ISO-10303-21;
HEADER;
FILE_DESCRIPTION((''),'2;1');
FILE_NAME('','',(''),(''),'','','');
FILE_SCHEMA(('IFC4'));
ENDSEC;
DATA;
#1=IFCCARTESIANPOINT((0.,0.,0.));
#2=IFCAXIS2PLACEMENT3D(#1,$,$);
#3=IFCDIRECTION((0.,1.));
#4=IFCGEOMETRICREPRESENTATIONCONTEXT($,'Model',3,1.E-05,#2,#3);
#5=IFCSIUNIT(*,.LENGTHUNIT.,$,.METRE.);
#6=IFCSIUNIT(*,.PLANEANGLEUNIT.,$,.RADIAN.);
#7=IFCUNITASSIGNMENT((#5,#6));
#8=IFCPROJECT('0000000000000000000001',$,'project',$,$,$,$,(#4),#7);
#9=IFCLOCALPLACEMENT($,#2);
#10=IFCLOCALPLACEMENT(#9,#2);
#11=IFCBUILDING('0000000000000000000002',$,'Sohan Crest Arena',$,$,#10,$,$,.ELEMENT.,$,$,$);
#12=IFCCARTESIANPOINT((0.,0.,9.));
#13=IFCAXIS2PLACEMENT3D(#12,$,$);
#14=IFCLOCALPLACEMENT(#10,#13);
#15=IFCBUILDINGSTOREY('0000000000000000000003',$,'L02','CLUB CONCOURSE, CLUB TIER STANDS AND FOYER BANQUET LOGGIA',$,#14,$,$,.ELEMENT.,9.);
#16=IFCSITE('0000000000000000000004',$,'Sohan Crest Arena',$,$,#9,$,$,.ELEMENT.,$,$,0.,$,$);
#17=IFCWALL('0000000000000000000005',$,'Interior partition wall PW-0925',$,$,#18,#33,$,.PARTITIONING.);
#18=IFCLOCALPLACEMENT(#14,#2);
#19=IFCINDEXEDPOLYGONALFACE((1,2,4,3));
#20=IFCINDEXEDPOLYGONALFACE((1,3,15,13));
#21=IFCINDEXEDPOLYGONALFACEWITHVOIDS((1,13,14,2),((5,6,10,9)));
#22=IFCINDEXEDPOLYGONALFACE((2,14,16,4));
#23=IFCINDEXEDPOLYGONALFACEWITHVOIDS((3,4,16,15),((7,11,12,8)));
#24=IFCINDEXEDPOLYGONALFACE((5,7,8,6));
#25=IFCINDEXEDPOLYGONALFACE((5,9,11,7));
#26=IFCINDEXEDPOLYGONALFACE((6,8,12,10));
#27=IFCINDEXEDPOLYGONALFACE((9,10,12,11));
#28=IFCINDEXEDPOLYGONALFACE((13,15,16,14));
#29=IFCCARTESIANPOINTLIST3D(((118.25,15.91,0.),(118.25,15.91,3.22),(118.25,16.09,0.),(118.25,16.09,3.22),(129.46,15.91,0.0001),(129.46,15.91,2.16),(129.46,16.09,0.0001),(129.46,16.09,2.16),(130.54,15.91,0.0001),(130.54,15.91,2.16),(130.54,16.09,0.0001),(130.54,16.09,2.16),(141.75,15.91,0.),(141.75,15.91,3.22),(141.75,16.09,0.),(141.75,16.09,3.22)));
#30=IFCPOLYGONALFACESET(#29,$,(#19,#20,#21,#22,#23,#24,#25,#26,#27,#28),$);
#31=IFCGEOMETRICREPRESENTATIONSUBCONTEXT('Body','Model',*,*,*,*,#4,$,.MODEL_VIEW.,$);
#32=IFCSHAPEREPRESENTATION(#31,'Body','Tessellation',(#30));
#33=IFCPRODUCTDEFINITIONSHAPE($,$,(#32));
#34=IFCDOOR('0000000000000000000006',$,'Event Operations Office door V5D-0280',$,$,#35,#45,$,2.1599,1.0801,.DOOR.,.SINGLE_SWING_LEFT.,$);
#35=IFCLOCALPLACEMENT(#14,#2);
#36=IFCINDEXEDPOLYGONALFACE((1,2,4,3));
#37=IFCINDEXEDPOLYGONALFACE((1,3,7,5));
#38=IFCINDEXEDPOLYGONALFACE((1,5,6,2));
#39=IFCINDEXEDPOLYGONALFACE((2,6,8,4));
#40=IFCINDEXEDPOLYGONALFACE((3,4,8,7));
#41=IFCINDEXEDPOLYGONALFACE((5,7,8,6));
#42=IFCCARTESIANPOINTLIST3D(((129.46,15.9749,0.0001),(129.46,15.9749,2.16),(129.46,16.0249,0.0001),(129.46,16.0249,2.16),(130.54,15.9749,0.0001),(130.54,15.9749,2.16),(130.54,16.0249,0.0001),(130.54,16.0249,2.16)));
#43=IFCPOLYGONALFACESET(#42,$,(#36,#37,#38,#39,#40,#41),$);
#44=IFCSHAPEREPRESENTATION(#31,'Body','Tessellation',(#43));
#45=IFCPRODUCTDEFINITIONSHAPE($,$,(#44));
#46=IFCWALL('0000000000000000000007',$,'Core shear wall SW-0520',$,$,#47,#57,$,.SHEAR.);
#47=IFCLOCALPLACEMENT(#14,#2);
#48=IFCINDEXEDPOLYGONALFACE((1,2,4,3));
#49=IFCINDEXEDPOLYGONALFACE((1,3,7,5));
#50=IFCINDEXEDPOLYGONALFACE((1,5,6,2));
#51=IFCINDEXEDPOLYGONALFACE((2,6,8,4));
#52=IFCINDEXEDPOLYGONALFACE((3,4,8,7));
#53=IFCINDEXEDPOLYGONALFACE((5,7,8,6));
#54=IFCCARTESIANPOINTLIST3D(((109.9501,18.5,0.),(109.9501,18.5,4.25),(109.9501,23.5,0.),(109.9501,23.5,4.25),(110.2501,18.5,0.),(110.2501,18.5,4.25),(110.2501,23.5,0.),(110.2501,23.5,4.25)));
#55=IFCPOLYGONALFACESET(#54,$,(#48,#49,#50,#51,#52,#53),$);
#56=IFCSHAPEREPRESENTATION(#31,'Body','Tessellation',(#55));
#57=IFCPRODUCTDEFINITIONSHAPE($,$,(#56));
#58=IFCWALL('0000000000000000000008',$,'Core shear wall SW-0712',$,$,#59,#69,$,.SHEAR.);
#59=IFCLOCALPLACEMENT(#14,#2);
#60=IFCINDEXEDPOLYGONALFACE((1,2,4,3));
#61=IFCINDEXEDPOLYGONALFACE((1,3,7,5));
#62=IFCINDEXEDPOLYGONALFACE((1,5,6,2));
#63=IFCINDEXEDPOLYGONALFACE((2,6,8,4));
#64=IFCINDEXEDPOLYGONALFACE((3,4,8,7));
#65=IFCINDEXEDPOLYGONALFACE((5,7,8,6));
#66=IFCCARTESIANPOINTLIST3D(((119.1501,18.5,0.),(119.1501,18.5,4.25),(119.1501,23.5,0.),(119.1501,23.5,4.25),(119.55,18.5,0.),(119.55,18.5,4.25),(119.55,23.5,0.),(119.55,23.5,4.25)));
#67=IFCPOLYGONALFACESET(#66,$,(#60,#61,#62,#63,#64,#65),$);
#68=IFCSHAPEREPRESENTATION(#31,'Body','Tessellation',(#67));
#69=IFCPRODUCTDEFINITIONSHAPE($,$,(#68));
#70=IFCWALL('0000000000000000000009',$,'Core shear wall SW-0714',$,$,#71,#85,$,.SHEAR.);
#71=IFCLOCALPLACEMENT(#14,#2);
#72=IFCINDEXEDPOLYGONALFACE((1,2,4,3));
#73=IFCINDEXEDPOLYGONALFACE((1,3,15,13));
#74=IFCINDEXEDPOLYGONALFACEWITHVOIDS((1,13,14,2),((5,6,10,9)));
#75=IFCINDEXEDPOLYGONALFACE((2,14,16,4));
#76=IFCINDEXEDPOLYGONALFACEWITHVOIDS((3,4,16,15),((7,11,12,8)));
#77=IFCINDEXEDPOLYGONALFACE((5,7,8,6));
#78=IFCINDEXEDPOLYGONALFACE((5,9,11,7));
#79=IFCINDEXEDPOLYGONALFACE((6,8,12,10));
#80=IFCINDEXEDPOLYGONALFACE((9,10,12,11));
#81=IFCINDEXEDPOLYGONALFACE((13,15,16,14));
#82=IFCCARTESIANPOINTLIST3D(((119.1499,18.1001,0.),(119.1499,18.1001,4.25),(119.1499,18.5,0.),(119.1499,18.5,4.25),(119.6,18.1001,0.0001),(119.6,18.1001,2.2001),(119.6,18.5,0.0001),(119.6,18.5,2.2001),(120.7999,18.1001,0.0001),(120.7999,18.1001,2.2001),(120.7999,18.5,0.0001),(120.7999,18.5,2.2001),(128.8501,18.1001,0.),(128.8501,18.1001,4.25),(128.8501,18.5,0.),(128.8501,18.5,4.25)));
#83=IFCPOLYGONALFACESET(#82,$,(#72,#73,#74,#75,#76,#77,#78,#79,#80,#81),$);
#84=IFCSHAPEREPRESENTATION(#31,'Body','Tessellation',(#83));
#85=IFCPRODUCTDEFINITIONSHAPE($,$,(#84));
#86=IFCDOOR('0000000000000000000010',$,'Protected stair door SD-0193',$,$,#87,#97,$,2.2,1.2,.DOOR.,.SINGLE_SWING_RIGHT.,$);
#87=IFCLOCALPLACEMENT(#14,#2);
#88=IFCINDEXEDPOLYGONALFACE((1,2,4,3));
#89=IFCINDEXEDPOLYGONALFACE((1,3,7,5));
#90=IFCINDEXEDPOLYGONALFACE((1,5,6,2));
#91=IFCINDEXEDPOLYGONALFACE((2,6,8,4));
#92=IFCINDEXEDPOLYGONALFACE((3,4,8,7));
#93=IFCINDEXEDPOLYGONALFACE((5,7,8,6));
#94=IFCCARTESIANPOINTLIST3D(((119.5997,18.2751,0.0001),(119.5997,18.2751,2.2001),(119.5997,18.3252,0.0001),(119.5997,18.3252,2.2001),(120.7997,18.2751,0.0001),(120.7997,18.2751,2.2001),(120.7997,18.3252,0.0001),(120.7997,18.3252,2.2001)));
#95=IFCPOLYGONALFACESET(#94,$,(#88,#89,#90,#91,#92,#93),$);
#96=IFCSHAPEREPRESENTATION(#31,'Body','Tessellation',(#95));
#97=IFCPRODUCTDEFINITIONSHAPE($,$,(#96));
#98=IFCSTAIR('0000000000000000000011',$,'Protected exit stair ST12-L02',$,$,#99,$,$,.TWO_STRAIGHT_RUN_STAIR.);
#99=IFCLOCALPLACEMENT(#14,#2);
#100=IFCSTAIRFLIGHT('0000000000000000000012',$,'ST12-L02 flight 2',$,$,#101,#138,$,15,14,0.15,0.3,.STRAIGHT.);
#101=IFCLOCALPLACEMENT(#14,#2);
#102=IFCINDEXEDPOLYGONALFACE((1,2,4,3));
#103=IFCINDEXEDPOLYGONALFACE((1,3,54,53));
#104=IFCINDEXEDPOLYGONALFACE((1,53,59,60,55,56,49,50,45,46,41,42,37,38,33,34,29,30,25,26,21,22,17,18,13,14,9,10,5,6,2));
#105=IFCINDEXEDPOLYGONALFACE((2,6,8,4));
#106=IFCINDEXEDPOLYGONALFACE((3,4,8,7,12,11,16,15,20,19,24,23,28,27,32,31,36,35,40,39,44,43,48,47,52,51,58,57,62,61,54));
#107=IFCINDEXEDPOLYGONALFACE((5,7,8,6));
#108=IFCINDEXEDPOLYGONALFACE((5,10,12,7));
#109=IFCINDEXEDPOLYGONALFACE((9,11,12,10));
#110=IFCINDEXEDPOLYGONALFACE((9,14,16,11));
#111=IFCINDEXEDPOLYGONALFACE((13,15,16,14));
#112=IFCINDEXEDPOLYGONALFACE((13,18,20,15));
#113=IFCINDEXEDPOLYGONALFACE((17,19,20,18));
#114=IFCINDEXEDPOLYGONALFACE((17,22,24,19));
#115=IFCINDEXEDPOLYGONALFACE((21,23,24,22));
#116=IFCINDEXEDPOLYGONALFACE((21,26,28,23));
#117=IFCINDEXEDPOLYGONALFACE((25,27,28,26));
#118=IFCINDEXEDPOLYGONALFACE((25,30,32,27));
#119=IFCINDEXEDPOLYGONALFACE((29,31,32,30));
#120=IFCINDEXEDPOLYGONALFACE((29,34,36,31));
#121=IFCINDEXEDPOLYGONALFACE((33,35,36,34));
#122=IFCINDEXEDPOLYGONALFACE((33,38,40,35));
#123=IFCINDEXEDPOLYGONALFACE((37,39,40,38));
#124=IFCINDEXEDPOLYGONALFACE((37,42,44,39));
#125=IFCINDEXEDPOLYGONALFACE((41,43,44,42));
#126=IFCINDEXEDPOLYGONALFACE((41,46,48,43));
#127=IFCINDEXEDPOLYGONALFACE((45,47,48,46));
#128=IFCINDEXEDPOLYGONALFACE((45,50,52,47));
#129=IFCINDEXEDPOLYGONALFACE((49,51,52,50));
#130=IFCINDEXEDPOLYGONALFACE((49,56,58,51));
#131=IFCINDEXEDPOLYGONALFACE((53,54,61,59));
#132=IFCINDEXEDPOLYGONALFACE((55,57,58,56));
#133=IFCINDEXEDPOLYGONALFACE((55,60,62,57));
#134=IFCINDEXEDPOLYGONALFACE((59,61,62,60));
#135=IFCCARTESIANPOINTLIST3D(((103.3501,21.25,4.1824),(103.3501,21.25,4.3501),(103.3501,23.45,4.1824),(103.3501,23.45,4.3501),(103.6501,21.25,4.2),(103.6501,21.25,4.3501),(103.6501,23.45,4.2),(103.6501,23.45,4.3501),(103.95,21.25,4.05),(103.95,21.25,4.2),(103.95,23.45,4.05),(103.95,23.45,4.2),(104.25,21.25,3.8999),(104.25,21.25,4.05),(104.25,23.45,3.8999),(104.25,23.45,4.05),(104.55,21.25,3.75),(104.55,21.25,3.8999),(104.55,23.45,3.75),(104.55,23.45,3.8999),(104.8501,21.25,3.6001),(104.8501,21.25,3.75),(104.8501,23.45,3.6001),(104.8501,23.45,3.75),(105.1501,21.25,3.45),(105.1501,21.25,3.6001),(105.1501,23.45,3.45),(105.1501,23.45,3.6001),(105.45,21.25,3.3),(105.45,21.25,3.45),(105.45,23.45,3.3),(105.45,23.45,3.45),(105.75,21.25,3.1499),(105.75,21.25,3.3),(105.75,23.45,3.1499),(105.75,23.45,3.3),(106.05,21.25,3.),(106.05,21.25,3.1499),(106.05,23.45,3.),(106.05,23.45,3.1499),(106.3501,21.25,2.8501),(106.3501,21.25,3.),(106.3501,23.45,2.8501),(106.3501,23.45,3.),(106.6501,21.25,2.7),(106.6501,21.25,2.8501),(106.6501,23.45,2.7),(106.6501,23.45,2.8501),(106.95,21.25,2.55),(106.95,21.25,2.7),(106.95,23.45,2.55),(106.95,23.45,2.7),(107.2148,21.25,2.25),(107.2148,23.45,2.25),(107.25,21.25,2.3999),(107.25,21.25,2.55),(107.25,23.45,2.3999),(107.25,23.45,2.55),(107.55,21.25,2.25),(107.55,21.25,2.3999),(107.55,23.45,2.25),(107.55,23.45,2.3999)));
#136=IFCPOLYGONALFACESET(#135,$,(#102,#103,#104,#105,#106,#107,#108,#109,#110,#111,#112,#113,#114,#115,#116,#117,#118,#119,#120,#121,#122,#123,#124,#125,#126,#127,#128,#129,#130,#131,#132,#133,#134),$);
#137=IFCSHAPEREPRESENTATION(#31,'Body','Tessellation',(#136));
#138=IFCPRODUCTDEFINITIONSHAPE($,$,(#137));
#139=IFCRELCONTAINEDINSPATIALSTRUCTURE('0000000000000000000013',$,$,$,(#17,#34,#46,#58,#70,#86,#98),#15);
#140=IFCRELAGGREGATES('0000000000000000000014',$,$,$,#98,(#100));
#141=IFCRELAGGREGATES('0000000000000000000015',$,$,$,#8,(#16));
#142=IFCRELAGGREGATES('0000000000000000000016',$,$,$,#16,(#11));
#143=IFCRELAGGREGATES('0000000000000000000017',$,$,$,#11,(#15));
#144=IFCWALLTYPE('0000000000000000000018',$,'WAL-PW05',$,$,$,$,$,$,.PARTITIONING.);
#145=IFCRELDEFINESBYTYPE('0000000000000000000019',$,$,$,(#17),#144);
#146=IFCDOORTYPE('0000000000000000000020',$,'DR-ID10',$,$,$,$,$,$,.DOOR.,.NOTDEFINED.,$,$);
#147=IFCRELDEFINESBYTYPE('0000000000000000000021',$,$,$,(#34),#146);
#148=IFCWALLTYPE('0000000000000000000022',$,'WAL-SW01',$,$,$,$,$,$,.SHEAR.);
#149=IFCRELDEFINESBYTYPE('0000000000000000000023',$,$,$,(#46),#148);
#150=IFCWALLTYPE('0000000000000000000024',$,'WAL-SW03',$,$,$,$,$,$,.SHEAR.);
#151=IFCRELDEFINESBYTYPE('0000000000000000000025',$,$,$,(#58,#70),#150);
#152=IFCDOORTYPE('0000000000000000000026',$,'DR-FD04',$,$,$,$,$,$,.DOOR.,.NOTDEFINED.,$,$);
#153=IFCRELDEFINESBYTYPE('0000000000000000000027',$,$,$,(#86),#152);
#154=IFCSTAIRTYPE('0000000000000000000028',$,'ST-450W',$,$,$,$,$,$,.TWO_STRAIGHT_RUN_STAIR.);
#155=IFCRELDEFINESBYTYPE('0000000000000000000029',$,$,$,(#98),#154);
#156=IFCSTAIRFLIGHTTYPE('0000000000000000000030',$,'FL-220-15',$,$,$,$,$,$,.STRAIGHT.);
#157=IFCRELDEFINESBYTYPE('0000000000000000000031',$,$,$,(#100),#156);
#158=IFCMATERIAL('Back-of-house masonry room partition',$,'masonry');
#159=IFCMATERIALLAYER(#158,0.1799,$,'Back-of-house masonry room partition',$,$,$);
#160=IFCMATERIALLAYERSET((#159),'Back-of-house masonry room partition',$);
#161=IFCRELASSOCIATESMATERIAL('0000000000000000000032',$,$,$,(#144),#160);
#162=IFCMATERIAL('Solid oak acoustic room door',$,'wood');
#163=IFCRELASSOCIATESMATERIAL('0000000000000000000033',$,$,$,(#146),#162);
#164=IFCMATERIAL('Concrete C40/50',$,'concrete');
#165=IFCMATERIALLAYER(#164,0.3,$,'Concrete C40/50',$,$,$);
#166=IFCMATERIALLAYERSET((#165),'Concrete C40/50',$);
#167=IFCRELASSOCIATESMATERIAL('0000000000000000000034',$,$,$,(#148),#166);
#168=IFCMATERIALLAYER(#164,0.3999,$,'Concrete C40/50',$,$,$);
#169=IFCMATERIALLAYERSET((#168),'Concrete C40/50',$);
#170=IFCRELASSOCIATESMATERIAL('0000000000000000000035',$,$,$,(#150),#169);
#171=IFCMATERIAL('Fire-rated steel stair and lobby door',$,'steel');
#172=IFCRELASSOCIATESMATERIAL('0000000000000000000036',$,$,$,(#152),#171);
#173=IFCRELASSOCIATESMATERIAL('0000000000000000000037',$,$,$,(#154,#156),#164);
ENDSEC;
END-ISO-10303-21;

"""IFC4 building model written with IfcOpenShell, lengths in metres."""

from ifc_helpers import new_model, si_unit, direction, frame, frame_2d, origin, place, context, subcontext, project, spatial, polyline, rectangle, outline, extrude, material, layer, layer_set, type_object, element, fill, aggregate, save


model = new_model("IFC4")

# Units and contexts
model_context = context("Model", 3, precision=1e-05, world=origin(), true_north=direction((0.0, 1.0)))
body_context = subcontext(model_context, "Body", "Model", "MODEL_VIEW")
ifc_project = project(units=[si_unit("LENGTHUNIT", "METRE"), si_unit("PLANEANGLEUNIT", "RADIAN")], contexts=[model_context])

# Site, building, storey
site_placement = place(None, origin())
site = spatial("IfcSite", under=ifc_project, at=site_placement, Name="Sohan Crest Arena", CompositionType="ELEMENT", RefElevation=0.0)
building_placement = place(site_placement, origin())
building = spatial("IfcBuilding", under=site, at=building_placement, Name="Sohan Crest Arena", CompositionType="ELEMENT")
storey_placement = place(building_placement, frame((0.0, 0.0, 9.0)))
storey = spatial("IfcBuildingStorey", under=building, at=storey_placement, Name="L02", Description="CLUB CONCOURSE, CLUB TIER STANDS AND FOYER BANQUET LOGGIA", CompositionType="ELEMENT", Elevation=9.0)

# Shared definitions
ifc_material_1 = material(Name="Back-of-house masonry room partition", Category="masonry")
ifc_layer_1 = layer(ifc_material_1, 0.1799, Name="Back-of-house masonry room partition")
ifc_layer_set_1 = layer_set([ifc_layer_1], Name="Back-of-house masonry room partition")
wall_type_1 = type_object("IfcWallType", Name="WAL-PW05", PredefinedType="PARTITIONING", material=ifc_layer_set_1)

# Wall, opening, door
wall_1_placement = place(storey_placement, frame((118.25, 16.0, 0.0), z_axis=(0.0, 0.0, 1.0), x_axis=(1.0, 0.0, 0.0)))
wall_1 = element("IfcWall", 1, at=wall_1_placement, inside=storey, type_object=wall_type_1, Name="Interior partition wall PW-0925", PredefinedType="PARTITIONING", context=body_context, shape_type="SweptSolid", body=[
    extrude(rectangle(XDim=23.5, YDim=0.1799, at=frame_2d((11.75, 0.0))), origin(), (0.0, 0.0, 1.0), 3.22),
])
opening_1_placement = place(wall_1_placement, frame((11.21, 0.0, 0.0)))
opening_1 = element("IfcOpeningElement", 2, at=opening_1_placement, cuts=wall_1, PredefinedType="OPENING", context=body_context, shape_type="SweptSolid", body=[
    extrude(rectangle(XDim=1.0801, YDim=2.1599, at=frame_2d((0.54, 1.0801))), frame((0.0, 0.0999, 0.0), z_axis=(0.0, -1.0, 0.0), x_axis=(1.0, 0.0, 0.0)), (0.0, 0.0, 1.0), 0.2),
])
ifc_material_2 = material(Name="Solid oak acoustic room door", Category="wood")
door_type_1 = type_object("IfcDoorType", Name="DR-ID10", OperationType="NOTDEFINED", PredefinedType="DOOR", material=ifc_material_2)
door_1_placement = place(opening_1_placement, origin())
door_1 = element("IfcDoor", 3, at=door_1_placement, inside=storey, type_object=door_type_1, Name="Event Operations Office door V5D-0280", OperationType="SINGLE_SWING_LEFT", OverallHeight=2.1599, OverallWidth=1.0801, PredefinedType="DOOR", context=body_context, shape_type="SweptSolid", body=[
    extrude(rectangle(XDim=1.0801, YDim=2.1599, at=frame_2d((0.54, 1.0801))), frame((0.0, 0.0249, 0.0), z_axis=(0.0, -1.0, 0.0), x_axis=(1.0, 0.0, 0.0)), (0.0, 0.0, 1.0), 0.05),
])
fill(opening_1, door_1)

# Walls
ifc_material_3 = material(Name="Concrete C40/50", Category="concrete")
ifc_layer_2 = layer(ifc_material_3, 0.3, Name="Concrete C40/50")
ifc_layer_set_2 = layer_set([ifc_layer_2], Name="Concrete C40/50")
wall_type_2 = type_object("IfcWallType", Name="WAL-SW01", PredefinedType="SHEAR", material=ifc_layer_set_2)
wall_2_placement = place(storey_placement, frame((110.1001, 18.5, 0.0), z_axis=(0.0, 0.0, 1.0), x_axis=(0.0, 1.0, 0.0)))
element("IfcWall", 4, at=wall_2_placement, inside=storey, type_object=wall_type_2, Name="Core shear wall SW-0520", PredefinedType="SHEAR", context=body_context, shape_type="SweptSolid", body=[
    extrude(rectangle(XDim=5.0, YDim=0.3, at=frame_2d((2.5, 0.0))), origin(), (0.0, 0.0, 1.0), 4.25),
])
ifc_layer_3 = layer(ifc_material_3, 0.3999, Name="Concrete C40/50")
ifc_layer_set_3 = layer_set([ifc_layer_3], Name="Concrete C40/50")
wall_type_3 = type_object("IfcWallType", Name="WAL-SW03", PredefinedType="SHEAR", material=ifc_layer_set_3)
wall_3_placement = place(storey_placement, frame((119.3501, 18.5, 0.0), z_axis=(0.0, 0.0, 1.0), x_axis=(0.0, 1.0, 0.0)))
element("IfcWall", 5, at=wall_3_placement, inside=storey, type_object=wall_type_3, Name="Core shear wall SW-0712", PredefinedType="SHEAR", context=body_context, shape_type="SweptSolid", body=[
    extrude(rectangle(XDim=5.0, YDim=0.3999, at=frame_2d((2.5, 0.0))), origin(), (0.0, 0.0, 1.0), 4.25),
])

# Wall, opening, door
wall_4_placement = place(storey_placement, frame((119.1499, 18.3, 0.0), z_axis=(0.0, 0.0, 1.0), x_axis=(1.0, 0.0, 0.0)))
wall_4 = element("IfcWall", 6, at=wall_4_placement, inside=storey, type_object=wall_type_3, Name="Core shear wall SW-0714", PredefinedType="SHEAR", context=body_context, shape_type="SweptSolid", body=[
    extrude(rectangle(XDim=9.7002, YDim=0.3999, at=frame_2d((4.8501, 0.0))), origin(), (0.0, 0.0, 1.0), 4.25),
])
opening_2_placement = place(wall_4_placement, frame((0.45, 0.0, 0.0)))
opening_2 = element("IfcOpeningElement", 7, at=opening_2_placement, cuts=wall_4, PredefinedType="OPENING", context=body_context, shape_type="SweptSolid", body=[
    extrude(rectangle(XDim=1.2, YDim=2.2, at=frame_2d((0.6001, 1.1001))), frame((0.0, 0.21, 0.0), z_axis=(0.0, -1.0, 0.0), x_axis=(1.0, 0.0, 0.0)), (0.0, 0.0, 1.0), 0.4199),
])
ifc_material_4 = material(Name="Fire-rated steel stair and lobby door", Category="steel")
door_type_2 = type_object("IfcDoorType", Name="DR-FD04", OperationType="NOTDEFINED", PredefinedType="DOOR", material=ifc_material_4)
door_2_placement = place(opening_2_placement, frame((1.2, 0.0, 0.0), z_axis=(0.0, 0.0, 1.0), x_axis=(-1.0, 0.0, 0.0)))
door_2 = element("IfcDoor", 8, at=door_2_placement, inside=storey, type_object=door_type_2, Name="Protected stair door SD-0193", OperationType="SINGLE_SWING_RIGHT", OverallHeight=2.2, OverallWidth=1.2, PredefinedType="DOOR", context=body_context, shape_type="SweptSolid", body=[
    extrude(rectangle(XDim=1.2, YDim=2.2, at=frame_2d((0.6001, 1.1001))), frame((0.0, 0.0249, 0.0), z_axis=(0.0, -1.0, 0.0), x_axis=(1.0, 0.0, 0.0)), (0.0, 0.0, 1.0), 0.05),
])
fill(opening_2, door_2)

# Stair, stair flight
stair_type = type_object("IfcStairType", Name="ST-450W", PredefinedType="TWO_STRAIGHT_RUN_STAIR", material=ifc_material_3)
stair_placement = place(storey_placement, origin())
stair = element("IfcStair", 9, at=stair_placement, inside=storey, type_object=stair_type, Name="Protected exit stair ST12-L02", PredefinedType="TWO_STRAIGHT_RUN_STAIR")
stair_flight_type = type_object("IfcStairFlightType", Name="FL-220-15", PredefinedType="STRAIGHT", material=ifc_material_3)
stair_flight_placement = place(storey_placement, frame((107.55, 22.3501, 2.25), z_axis=(0.0, 0.0, 1.0), x_axis=(-1.0, 0.0, 0.0)))
stair_flight = element("IfcStairFlight", 10, at=stair_flight_placement, type_object=stair_flight_type, Name="ST12-L02 flight 2", NumberOfRisers=15, NumberOfTreads=14, PredefinedType="STRAIGHT", RiserHeight=0.15, TreadLength=0.3, context=body_context, shape_type="SweptSolid", body=[
    extrude(outline(polyline([(0.0, 0.0), (0.0, 0.1499), (0.3, 0.1499), (0.3, 0.3), (0.6001, 0.3), (0.6001, 0.45), (0.8999, 0.45), (0.8999, 0.6001), (1.2, 0.6001), (1.2, 0.75), (1.5, 0.75), (1.5, 0.8999), (1.8, 0.8999), (1.8, 1.05), (2.1001, 1.05), (2.1001, 1.2), (2.3999, 1.2), (2.3999, 1.3501), (2.7, 1.3501), (2.7, 1.5), (3.0, 1.5), (3.0, 1.6499), (3.3, 1.6499), (3.3, 1.8), (3.6001, 1.8), (3.6001, 1.95), (3.8999, 1.95), (3.8999, 2.1001), (4.2, 2.1001), (4.2, 2.25), (4.2, 1.9324), (0.3352, 0.0), (0.0, 0.0)])), frame((0.0, 1.1001, 0.0), z_axis=(0.0, -1.0, 0.0), x_axis=(1.0, 0.0, 0.0)), (0.0, 0.0, 1.0), 2.2),
])
aggregate(stair, [stair_flight])

save(model, "model.ifc")
